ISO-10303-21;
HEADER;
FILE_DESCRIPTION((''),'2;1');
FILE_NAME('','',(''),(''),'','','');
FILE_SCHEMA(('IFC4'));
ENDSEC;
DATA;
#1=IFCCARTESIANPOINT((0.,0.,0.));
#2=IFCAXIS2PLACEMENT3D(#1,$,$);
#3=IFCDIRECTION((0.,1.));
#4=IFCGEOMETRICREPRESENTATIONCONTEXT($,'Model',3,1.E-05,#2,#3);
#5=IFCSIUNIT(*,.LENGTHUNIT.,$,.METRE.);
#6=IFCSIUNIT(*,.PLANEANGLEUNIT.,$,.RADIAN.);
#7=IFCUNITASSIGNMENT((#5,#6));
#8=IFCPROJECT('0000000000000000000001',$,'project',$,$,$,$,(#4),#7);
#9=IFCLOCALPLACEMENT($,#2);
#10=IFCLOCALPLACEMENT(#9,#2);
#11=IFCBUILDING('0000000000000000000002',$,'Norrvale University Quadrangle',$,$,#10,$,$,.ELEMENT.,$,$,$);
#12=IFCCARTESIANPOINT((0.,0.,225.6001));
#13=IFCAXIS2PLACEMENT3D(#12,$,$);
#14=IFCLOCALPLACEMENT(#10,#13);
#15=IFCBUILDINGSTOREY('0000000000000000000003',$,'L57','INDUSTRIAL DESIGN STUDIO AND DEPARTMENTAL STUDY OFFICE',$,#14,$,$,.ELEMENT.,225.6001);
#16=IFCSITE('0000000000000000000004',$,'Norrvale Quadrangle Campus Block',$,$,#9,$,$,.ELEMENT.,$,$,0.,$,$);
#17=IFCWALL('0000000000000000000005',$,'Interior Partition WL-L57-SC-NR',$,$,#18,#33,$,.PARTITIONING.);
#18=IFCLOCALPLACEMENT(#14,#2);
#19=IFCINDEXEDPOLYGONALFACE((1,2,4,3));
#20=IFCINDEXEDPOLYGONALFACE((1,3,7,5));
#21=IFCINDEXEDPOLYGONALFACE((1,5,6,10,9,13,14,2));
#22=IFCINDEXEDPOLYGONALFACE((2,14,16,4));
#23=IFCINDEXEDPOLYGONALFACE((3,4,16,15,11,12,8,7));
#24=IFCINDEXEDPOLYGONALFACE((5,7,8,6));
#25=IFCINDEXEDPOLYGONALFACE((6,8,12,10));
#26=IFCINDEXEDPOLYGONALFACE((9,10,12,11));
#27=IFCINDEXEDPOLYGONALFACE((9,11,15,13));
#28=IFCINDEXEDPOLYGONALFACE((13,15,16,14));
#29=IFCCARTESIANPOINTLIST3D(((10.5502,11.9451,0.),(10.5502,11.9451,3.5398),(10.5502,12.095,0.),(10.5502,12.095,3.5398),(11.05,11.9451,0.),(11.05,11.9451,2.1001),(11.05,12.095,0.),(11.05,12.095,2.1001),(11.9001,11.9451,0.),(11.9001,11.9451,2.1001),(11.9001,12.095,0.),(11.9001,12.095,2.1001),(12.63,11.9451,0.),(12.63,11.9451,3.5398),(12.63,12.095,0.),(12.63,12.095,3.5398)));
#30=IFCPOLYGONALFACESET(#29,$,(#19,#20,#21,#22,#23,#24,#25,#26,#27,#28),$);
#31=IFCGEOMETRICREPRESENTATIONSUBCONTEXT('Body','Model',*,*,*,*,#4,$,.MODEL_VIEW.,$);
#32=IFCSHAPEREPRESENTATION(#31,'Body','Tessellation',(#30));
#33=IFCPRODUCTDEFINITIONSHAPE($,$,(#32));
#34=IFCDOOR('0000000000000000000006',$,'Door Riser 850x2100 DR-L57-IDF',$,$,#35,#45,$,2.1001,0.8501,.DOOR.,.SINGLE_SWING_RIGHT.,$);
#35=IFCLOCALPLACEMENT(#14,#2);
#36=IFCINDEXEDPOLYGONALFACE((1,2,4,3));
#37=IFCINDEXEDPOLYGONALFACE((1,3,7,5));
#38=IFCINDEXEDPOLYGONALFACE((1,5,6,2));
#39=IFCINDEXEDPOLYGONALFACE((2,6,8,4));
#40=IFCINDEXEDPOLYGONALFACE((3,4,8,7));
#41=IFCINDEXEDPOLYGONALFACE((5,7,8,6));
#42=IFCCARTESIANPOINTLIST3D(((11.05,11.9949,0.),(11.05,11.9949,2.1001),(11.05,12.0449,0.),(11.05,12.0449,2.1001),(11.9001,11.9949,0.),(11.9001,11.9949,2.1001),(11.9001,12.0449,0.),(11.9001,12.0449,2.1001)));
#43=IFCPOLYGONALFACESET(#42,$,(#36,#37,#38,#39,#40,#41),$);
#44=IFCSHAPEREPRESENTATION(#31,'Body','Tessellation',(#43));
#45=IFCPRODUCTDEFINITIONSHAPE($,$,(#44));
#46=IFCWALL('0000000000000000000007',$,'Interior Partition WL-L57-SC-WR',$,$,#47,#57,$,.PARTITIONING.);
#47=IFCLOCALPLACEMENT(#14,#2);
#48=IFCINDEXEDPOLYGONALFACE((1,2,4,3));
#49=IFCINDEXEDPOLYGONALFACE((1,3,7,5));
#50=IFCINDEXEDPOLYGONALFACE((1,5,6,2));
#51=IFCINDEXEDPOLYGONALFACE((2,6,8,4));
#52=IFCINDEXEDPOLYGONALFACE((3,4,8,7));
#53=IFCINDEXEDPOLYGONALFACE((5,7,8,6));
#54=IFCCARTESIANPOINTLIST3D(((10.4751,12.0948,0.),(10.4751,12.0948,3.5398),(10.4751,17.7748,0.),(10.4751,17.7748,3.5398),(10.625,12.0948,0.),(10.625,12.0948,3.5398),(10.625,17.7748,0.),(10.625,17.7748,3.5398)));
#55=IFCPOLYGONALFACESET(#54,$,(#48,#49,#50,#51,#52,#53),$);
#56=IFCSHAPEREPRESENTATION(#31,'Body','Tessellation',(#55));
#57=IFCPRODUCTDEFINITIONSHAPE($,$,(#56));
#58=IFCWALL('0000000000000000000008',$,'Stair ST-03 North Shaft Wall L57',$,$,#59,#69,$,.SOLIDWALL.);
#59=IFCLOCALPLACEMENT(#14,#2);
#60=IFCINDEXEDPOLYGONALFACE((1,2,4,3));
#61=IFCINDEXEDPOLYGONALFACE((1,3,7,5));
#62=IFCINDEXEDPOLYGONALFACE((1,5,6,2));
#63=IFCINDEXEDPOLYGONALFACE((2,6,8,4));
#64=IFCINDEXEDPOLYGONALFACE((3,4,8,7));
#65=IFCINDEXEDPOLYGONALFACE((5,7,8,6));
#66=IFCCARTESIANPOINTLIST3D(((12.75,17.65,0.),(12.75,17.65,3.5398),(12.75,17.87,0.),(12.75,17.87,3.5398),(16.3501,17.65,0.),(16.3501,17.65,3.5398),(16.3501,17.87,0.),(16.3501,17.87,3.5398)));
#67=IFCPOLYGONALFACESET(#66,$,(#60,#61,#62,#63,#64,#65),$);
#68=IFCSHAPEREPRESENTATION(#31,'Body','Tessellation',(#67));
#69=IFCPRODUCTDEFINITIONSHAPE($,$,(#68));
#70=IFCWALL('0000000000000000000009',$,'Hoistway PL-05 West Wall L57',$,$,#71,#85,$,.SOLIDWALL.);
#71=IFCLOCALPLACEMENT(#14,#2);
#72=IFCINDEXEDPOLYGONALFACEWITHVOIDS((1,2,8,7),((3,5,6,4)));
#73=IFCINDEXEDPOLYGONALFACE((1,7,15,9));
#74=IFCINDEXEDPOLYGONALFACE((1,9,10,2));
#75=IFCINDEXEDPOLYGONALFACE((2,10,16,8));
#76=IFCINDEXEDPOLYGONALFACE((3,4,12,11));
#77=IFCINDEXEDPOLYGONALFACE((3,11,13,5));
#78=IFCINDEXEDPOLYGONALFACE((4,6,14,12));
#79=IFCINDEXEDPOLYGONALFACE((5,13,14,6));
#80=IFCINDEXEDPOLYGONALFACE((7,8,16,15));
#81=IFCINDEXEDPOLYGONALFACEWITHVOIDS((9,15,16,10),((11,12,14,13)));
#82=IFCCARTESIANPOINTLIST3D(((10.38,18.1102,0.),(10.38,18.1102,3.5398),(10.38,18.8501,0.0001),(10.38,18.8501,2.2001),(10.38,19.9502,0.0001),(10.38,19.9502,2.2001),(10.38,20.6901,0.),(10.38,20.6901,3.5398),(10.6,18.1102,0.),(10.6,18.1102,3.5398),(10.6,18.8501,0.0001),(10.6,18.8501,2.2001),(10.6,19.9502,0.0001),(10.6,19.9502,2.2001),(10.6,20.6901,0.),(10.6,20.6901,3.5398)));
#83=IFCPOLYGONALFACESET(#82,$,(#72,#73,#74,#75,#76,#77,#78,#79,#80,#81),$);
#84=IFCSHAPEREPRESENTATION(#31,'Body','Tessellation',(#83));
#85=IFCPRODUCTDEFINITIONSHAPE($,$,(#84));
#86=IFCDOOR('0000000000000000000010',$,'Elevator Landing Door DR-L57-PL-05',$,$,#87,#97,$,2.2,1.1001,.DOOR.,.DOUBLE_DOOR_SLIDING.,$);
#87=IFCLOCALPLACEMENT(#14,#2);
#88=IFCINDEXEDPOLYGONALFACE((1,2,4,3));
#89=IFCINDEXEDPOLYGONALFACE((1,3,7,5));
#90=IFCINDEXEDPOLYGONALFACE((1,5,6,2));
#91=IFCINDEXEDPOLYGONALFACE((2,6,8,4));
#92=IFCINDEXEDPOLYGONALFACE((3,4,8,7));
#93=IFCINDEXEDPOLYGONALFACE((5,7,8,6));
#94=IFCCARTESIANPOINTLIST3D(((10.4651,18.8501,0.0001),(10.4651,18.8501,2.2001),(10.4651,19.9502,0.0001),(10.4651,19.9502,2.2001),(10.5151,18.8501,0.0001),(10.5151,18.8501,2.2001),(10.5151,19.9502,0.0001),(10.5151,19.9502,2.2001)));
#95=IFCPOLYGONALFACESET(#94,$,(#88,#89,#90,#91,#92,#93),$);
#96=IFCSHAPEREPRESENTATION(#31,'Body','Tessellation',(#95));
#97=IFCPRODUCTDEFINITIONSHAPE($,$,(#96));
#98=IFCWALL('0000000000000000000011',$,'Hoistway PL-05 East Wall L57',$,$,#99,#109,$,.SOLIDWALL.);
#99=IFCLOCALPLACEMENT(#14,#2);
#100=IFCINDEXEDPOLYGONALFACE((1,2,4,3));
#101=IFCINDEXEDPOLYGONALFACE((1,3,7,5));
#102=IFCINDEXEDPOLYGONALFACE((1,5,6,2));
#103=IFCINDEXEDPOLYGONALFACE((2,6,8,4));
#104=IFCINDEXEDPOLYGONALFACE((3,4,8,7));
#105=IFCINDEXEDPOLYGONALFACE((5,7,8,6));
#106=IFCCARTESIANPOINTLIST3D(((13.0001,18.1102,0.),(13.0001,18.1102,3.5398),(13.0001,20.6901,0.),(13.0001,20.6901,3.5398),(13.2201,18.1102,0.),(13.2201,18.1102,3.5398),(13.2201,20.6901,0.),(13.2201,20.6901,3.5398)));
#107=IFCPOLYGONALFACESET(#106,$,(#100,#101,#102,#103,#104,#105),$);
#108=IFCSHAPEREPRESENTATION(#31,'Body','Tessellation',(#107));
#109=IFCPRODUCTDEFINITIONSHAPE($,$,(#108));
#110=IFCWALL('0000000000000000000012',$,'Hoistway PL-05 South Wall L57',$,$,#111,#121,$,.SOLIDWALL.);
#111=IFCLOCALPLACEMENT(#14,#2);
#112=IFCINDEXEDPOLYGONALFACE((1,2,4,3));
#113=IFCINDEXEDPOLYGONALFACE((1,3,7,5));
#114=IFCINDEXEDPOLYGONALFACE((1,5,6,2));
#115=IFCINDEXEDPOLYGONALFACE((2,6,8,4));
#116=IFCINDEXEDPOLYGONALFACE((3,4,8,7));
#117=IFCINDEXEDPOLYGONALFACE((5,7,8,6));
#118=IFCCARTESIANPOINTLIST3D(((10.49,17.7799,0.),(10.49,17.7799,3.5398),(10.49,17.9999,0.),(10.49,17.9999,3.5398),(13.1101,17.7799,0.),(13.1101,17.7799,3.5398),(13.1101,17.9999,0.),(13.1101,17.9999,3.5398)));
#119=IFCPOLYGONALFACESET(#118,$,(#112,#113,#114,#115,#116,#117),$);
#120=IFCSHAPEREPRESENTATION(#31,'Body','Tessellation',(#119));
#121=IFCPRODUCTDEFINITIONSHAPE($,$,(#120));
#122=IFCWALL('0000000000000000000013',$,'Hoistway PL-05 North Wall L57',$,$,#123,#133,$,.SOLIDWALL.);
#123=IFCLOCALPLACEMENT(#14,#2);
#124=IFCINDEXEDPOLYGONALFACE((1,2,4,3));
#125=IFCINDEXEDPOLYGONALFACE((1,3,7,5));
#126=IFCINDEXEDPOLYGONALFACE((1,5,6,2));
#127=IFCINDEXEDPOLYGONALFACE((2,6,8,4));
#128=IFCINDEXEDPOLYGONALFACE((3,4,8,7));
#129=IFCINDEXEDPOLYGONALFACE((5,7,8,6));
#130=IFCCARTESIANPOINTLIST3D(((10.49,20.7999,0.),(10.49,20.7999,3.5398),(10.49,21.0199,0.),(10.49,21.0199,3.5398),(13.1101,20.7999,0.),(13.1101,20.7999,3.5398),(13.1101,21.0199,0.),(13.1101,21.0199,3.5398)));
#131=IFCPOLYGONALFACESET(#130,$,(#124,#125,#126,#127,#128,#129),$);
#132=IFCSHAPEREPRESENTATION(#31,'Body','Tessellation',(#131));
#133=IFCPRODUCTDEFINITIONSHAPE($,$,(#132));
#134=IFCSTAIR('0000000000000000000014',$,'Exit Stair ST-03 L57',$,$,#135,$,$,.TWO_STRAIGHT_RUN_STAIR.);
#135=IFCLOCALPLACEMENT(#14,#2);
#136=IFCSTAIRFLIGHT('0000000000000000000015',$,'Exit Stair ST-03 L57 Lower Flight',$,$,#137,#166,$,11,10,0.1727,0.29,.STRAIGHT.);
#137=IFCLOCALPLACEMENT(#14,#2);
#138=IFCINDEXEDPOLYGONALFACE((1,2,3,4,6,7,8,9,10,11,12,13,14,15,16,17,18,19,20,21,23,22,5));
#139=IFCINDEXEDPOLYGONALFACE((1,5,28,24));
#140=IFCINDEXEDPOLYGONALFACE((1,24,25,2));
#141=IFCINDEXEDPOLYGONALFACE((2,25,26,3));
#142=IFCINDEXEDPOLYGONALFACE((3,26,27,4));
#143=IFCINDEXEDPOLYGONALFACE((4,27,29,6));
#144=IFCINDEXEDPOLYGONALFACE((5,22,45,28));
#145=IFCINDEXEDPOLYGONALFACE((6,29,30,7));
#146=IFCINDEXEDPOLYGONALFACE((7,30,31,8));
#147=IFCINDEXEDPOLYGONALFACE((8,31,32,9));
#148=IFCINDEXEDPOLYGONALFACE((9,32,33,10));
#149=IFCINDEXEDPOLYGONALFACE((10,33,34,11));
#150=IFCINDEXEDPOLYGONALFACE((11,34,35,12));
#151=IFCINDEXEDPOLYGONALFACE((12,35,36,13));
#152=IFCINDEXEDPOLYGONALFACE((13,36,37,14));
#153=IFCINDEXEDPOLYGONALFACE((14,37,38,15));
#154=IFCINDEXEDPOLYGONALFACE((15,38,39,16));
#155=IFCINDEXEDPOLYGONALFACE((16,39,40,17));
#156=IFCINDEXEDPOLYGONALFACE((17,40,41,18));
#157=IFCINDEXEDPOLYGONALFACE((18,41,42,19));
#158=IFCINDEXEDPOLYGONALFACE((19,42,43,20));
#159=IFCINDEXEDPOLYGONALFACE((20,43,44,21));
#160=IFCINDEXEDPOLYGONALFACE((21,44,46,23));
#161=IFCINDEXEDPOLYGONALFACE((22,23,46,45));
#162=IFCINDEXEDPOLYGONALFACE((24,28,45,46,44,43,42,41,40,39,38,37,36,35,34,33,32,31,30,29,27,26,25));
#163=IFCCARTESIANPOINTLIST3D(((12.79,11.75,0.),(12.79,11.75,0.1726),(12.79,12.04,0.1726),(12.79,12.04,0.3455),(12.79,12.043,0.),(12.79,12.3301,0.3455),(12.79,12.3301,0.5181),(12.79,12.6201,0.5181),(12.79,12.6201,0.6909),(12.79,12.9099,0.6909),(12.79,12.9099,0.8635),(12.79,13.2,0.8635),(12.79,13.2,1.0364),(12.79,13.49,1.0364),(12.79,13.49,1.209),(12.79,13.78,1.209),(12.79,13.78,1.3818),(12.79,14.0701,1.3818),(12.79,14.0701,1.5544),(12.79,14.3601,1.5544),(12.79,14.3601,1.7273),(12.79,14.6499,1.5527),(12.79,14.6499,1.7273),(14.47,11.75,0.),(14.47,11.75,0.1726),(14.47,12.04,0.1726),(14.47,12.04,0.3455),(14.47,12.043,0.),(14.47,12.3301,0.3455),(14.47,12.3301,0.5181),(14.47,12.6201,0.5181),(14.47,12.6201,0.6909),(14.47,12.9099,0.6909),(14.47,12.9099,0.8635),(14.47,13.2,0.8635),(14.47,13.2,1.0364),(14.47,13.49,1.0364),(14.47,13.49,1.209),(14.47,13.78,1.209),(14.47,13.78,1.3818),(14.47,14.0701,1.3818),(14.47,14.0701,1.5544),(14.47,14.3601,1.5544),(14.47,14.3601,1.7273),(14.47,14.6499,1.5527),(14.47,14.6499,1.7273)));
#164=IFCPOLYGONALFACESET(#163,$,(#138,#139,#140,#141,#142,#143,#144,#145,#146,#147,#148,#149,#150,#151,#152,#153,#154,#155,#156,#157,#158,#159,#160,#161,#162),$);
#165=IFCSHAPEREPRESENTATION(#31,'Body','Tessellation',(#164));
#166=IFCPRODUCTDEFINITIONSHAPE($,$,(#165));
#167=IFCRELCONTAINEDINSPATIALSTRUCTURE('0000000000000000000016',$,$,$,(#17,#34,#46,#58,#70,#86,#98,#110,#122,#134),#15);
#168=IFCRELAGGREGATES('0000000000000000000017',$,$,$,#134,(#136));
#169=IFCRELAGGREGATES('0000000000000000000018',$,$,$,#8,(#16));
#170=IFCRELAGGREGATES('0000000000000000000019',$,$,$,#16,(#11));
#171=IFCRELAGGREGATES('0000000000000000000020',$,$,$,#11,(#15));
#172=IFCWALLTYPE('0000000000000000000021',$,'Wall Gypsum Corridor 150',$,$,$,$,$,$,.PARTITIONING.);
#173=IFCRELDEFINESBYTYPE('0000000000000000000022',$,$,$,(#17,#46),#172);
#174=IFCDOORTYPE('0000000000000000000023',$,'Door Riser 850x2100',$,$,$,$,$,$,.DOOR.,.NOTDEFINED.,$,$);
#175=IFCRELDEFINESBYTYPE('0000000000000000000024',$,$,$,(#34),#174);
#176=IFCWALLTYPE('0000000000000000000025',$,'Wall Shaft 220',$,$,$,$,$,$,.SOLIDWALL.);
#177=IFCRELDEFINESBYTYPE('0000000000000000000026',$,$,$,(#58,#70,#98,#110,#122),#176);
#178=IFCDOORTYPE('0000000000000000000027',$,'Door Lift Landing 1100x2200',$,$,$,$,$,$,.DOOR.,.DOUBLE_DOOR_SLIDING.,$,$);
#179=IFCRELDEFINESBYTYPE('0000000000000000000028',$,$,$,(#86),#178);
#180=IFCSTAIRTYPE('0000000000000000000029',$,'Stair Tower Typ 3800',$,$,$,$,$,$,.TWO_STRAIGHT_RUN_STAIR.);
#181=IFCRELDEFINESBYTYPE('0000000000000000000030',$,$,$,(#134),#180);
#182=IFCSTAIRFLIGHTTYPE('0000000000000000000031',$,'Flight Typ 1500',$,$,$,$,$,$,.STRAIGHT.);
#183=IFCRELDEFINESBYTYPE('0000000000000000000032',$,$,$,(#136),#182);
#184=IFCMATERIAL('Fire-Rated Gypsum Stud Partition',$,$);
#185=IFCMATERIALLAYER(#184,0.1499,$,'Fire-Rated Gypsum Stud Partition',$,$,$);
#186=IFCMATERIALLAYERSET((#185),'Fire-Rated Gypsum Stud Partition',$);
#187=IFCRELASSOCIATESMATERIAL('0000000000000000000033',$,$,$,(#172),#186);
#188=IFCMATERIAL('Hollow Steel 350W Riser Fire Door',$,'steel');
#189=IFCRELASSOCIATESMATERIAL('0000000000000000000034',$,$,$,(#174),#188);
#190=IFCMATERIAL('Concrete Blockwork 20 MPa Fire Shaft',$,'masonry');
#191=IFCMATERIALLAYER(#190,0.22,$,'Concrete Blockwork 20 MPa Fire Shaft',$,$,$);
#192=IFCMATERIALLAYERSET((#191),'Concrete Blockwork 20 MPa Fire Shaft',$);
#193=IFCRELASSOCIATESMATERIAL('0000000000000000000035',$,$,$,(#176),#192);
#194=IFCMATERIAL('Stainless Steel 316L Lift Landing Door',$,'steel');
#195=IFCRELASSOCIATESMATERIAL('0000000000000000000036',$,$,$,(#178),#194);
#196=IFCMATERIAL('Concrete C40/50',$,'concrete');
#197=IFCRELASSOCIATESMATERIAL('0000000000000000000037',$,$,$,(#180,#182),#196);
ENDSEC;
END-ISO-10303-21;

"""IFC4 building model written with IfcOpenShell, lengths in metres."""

from ifc_helpers import new_model, si_unit, direction, frame, frame_2d, origin, place, context, subcontext, project, spatial, polyline, rectangle, outline, extrude, material, layer, layer_set, type_object, element, fill, aggregate, save


model = new_model("IFC4")

# Units and contexts
model_context = context("Model", 3, precision=1e-05, world=origin(), true_north=direction((0.0, 1.0)))
body_context = subcontext(model_context, "Body", "Model", "MODEL_VIEW")
ifc_project = project(units=[si_unit("LENGTHUNIT", "METRE"), si_unit("PLANEANGLEUNIT", "RADIAN")], contexts=[model_context])

# Site, building, storey
site_placement = place(None, origin())
site = spatial("IfcSite", under=ifc_project, at=site_placement, Name="Norrvale Quadrangle Campus Block", CompositionType="ELEMENT", RefElevation=0.0)
building_placement = place(site_placement, origin())
building = spatial("IfcBuilding", under=site, at=building_placement, Name="Norrvale University Quadrangle", CompositionType="ELEMENT")
storey_placement = place(building_placement, frame((0.0, 0.0, 225.6001)))
storey = spatial("IfcBuildingStorey", under=building, at=storey_placement, Name="L57", Description="INDUSTRIAL DESIGN STUDIO AND DEPARTMENTAL STUDY OFFICE", CompositionType="ELEMENT", Elevation=225.6001)

# Wall, opening, door
ifc_material_1 = material(Name="Fire-Rated Gypsum Stud Partition")
ifc_layer_1 = layer(ifc_material_1, 0.1499, Name="Fire-Rated Gypsum Stud Partition")
ifc_layer_set_1 = layer_set([ifc_layer_1], Name="Fire-Rated Gypsum Stud Partition")
wall_type_1 = type_object("IfcWallType", Name="Wall Gypsum Corridor 150", PredefinedType="PARTITIONING", material=ifc_layer_set_1)
wall_1_placement = place(storey_placement, frame((10.55, 12.02, 0.0), z_axis=(0.0, 0.0, 1.0), x_axis=(1.0, 0.0, 0.0)))
wall_1 = element("IfcWall", 1, at=wall_1_placement, inside=storey, type_object=wall_type_1, Name="Interior Partition WL-L57-SC-NR", PredefinedType="PARTITIONING", context=body_context, shape_type="SweptSolid", body=[
    extrude(rectangle(XDim=2.0798, YDim=0.1499, at=frame_2d((1.04, 0.0))), origin(), (0.0, 0.0, 1.0), 3.5398),
])
opening_1_placement = place(wall_1_placement, frame((0.5, 0.0, 0.0)))
opening_1 = element("IfcOpeningElement", 2, at=opening_1_placement, cuts=wall_1, PredefinedType="OPENING", context=body_context, shape_type="SweptSolid", body=[
    extrude(rectangle(XDim=0.8501, YDim=2.1001, at=frame_2d((0.425, 1.05))), frame((0.0, 0.0869, 0.0), z_axis=(0.0, -1.0, 0.0), x_axis=(1.0, 0.0, 0.0)), (0.0, 0.0, 1.0), 0.1738),
])
ifc_material_2 = material(Name="Hollow Steel 350W Riser Fire Door", Category="steel")
door_type_1 = type_object("IfcDoorType", Name="Door Riser 850x2100", OperationType="NOTDEFINED", PredefinedType="DOOR", material=ifc_material_2)
door_1_placement = place(opening_1_placement, origin())
door_1 = element("IfcDoor", 3, at=door_1_placement, inside=storey, type_object=door_type_1, Name="Door Riser 850x2100 DR-L57-IDF", OperationType="SINGLE_SWING_RIGHT", OverallHeight=2.1001, OverallWidth=0.8501, PredefinedType="DOOR", context=body_context, shape_type="SweptSolid", body=[
    extrude(rectangle(XDim=0.8501, YDim=2.1001, at=frame_2d((0.425, 1.05))), frame((0.0, 0.0249, 0.0), z_axis=(0.0, -1.0, 0.0), x_axis=(1.0, 0.0, 0.0)), (0.0, 0.0, 1.0), 0.05),
])
fill(opening_1, door_1)

# Walls
wall_2_placement = place(storey_placement, frame((10.55, 12.095, 0.0), z_axis=(0.0, 0.0, 1.0), x_axis=(0.0, 1.0, 0.0)))
element("IfcWall", 4, at=wall_2_placement, inside=storey, type_object=wall_type_1, Name="Interior Partition WL-L57-SC-WR", PredefinedType="PARTITIONING", context=body_context, shape_type="SweptSolid", body=[
    extrude(rectangle(XDim=5.6799, YDim=0.1499, at=frame_2d((2.8398, 0.0))), origin(), (0.0, 0.0, 1.0), 3.5398),
])
ifc_material_3 = material(Name="Concrete Blockwork 20 MPa Fire Shaft", Category="masonry")
ifc_layer_2 = layer(ifc_material_3, 0.22, Name="Concrete Blockwork 20 MPa Fire Shaft")
ifc_layer_set_2 = layer_set([ifc_layer_2], Name="Concrete Blockwork 20 MPa Fire Shaft")
wall_type_2 = type_object("IfcWallType", Name="Wall Shaft 220", PredefinedType="SOLIDWALL", material=ifc_layer_set_2)
wall_3_placement = place(storey_placement, frame((12.75, 17.76, 0.0), z_axis=(0.0, 0.0, 1.0), x_axis=(1.0, 0.0, 0.0)))
element("IfcWall", 5, at=wall_3_placement, inside=storey, type_object=wall_type_2, Name="Stair ST-03 North Shaft Wall L57", PredefinedType="SOLIDWALL", context=body_context, shape_type="SweptSolid", body=[
    extrude(rectangle(XDim=3.6001, YDim=0.22, at=frame_2d((1.8, 0.0))), origin(), (0.0, 0.0, 1.0), 3.5398),
])

# Wall, opening, door
wall_4_placement = place(storey_placement, frame((10.49, 18.1101, 0.0), z_axis=(0.0, 0.0, 1.0), x_axis=(0.0, 1.0, 0.0)))
wall_4 = element("IfcWall", 6, at=wall_4_placement, inside=storey, type_object=wall_type_2, Name="Hoistway PL-05 West Wall L57", PredefinedType="SOLIDWALL", context=body_context, shape_type="SweptSolid", body=[
    extrude(rectangle(XDim=2.5798, YDim=0.22, at=frame_2d((1.29, 0.0))), origin(), (0.0, 0.0, 1.0), 3.5398),
])
opening_2_placement = place(wall_4_placement, frame((0.74, 0.0, 0.0)))
opening_2 = element("IfcOpeningElement", 7, at=opening_2_placement, cuts=wall_4, PredefinedType="OPENING", context=body_context, shape_type="SweptSolid", body=[
    extrude(rectangle(XDim=1.1001, YDim=2.2, at=frame_2d((0.55, 1.1001))), frame((0.0, 0.1221, 0.0), z_axis=(0.0, -1.0, 0.0), x_axis=(1.0, 0.0, 0.0)), (0.0, 0.0, 1.0), 0.2439),
])
ifc_material_4 = material(Name="Stainless Steel 316L Lift Landing Door", Category="steel")
door_type_2 = type_object("IfcDoorType", Name="Door Lift Landing 1100x2200", OperationType="DOUBLE_DOOR_SLIDING", PredefinedType="DOOR", material=ifc_material_4)
door_2_placement = place(opening_2_placement, origin())
door_2 = element("IfcDoor", 8, at=door_2_placement, inside=storey, type_object=door_type_2, Name="Elevator Landing Door DR-L57-PL-05", OperationType="DOUBLE_DOOR_SLIDING", OverallHeight=2.2, OverallWidth=1.1001, PredefinedType="DOOR", context=body_context, shape_type="SweptSolid", body=[
    extrude(rectangle(XDim=1.1001, YDim=2.2, at=frame_2d((0.55, 1.1001))), frame((0.0, 0.0249, 0.0), z_axis=(0.0, -1.0, 0.0), x_axis=(1.0, 0.0, 0.0)), (0.0, 0.0, 1.0), 0.05),
])
fill(opening_2, door_2)

# Walls
wall_5_placement = place(storey_placement, frame((13.1101, 18.1101, 0.0), z_axis=(0.0, 0.0, 1.0), x_axis=(0.0, 1.0, 0.0)))
element("IfcWall", 9, at=wall_5_placement, inside=storey, type_object=wall_type_2, Name="Hoistway PL-05 East Wall L57", PredefinedType="SOLIDWALL", context=body_context, shape_type="SweptSolid", body=[
    extrude(rectangle(XDim=2.5798, YDim=0.22, at=frame_2d((1.29, 0.0))), origin(), (0.0, 0.0, 1.0), 3.5398),
])
for number, where, z_axis, x_axis, name in (
    (10, (10.49, 17.8899, 0.0), (0.0, 0.0, 1.0), (1.0, 0.0, 0.0), "Hoistway PL-05 South Wall L57"),
    (11, (10.49, 20.9099, 0.0), (0.0, 0.0, 1.0), (1.0, 0.0, 0.0), "Hoistway PL-05 North Wall L57"),
):
    element("IfcWall", number, at=place(storey_placement, frame(where, z_axis=z_axis, x_axis=x_axis)), inside=storey, type_object=wall_type_2, Name=name, PredefinedType="SOLIDWALL", context=body_context, shape_type="SweptSolid", body=[
        extrude(rectangle(XDim=2.6201, YDim=0.22, at=frame_2d((1.3101, 0.0))), origin(), (0.0, 0.0, 1.0), 3.5398),
    ])

# Stair, stair flight
ifc_material_5 = material(Name="Concrete C40/50", Category="concrete")
stair_type = type_object("IfcStairType", Name="Stair Tower Typ 3800", PredefinedType="TWO_STRAIGHT_RUN_STAIR", material=ifc_material_5)
stair_placement = place(storey_placement, origin())
stair = element("IfcStair", 12, at=stair_placement, inside=storey, type_object=stair_type, Name="Exit Stair ST-03 L57", PredefinedType="TWO_STRAIGHT_RUN_STAIR")
stair_flight_type = type_object("IfcStairFlightType", Name="Flight Typ 1500", PredefinedType="STRAIGHT", material=ifc_material_5)
stair_flight_1_placement = place(storey_placement, frame((13.6299, 11.75, 0.0), z_axis=(0.0, 0.0, 1.0), x_axis=(0.0, 1.0, 0.0)))
stair_flight_1 = element("IfcStairFlight", 13, at=stair_flight_1_placement, type_object=stair_flight_type, Name="Exit Stair ST-03 L57 Lower Flight", NumberOfRisers=11, NumberOfTreads=10, PredefinedType="STRAIGHT", RiserHeight=0.1727, TreadLength=0.29, context=body_context, shape_type="SweptSolid", body=[
    extrude(outline(polyline([(0.0, 0.0), (0.0, 0.1726), (0.29, 0.1726), (0.29, 0.3455), (0.5801, 0.3455), (0.5801, 0.5181), (0.8701, 0.5181), (0.8701, 0.6909), (1.1599, 0.6909), (1.1599, 0.8635), (1.45, 0.8635), (1.45, 1.0364), (1.74, 1.0364), (1.74, 1.209), (2.03, 1.209), (2.03, 1.3818), (2.3201, 1.3818), (2.3201, 1.5544), (2.6101, 1.5544), (2.6101, 1.7273), (2.8999, 1.7273), (2.8999, 1.8999), (2.8999, 1.5527), (0.293, 0.0), (0.0, 0.0)])), frame((0.0, 0.8398, 0.0), z_axis=(0.0, -1.0, 0.0), x_axis=(1.0, 0.0, 0.0)), (0.0, 0.0, 1.0), 1.6799),
])
aggregate(stair, [stair_flight_1])

save(model, "model.ifc")
